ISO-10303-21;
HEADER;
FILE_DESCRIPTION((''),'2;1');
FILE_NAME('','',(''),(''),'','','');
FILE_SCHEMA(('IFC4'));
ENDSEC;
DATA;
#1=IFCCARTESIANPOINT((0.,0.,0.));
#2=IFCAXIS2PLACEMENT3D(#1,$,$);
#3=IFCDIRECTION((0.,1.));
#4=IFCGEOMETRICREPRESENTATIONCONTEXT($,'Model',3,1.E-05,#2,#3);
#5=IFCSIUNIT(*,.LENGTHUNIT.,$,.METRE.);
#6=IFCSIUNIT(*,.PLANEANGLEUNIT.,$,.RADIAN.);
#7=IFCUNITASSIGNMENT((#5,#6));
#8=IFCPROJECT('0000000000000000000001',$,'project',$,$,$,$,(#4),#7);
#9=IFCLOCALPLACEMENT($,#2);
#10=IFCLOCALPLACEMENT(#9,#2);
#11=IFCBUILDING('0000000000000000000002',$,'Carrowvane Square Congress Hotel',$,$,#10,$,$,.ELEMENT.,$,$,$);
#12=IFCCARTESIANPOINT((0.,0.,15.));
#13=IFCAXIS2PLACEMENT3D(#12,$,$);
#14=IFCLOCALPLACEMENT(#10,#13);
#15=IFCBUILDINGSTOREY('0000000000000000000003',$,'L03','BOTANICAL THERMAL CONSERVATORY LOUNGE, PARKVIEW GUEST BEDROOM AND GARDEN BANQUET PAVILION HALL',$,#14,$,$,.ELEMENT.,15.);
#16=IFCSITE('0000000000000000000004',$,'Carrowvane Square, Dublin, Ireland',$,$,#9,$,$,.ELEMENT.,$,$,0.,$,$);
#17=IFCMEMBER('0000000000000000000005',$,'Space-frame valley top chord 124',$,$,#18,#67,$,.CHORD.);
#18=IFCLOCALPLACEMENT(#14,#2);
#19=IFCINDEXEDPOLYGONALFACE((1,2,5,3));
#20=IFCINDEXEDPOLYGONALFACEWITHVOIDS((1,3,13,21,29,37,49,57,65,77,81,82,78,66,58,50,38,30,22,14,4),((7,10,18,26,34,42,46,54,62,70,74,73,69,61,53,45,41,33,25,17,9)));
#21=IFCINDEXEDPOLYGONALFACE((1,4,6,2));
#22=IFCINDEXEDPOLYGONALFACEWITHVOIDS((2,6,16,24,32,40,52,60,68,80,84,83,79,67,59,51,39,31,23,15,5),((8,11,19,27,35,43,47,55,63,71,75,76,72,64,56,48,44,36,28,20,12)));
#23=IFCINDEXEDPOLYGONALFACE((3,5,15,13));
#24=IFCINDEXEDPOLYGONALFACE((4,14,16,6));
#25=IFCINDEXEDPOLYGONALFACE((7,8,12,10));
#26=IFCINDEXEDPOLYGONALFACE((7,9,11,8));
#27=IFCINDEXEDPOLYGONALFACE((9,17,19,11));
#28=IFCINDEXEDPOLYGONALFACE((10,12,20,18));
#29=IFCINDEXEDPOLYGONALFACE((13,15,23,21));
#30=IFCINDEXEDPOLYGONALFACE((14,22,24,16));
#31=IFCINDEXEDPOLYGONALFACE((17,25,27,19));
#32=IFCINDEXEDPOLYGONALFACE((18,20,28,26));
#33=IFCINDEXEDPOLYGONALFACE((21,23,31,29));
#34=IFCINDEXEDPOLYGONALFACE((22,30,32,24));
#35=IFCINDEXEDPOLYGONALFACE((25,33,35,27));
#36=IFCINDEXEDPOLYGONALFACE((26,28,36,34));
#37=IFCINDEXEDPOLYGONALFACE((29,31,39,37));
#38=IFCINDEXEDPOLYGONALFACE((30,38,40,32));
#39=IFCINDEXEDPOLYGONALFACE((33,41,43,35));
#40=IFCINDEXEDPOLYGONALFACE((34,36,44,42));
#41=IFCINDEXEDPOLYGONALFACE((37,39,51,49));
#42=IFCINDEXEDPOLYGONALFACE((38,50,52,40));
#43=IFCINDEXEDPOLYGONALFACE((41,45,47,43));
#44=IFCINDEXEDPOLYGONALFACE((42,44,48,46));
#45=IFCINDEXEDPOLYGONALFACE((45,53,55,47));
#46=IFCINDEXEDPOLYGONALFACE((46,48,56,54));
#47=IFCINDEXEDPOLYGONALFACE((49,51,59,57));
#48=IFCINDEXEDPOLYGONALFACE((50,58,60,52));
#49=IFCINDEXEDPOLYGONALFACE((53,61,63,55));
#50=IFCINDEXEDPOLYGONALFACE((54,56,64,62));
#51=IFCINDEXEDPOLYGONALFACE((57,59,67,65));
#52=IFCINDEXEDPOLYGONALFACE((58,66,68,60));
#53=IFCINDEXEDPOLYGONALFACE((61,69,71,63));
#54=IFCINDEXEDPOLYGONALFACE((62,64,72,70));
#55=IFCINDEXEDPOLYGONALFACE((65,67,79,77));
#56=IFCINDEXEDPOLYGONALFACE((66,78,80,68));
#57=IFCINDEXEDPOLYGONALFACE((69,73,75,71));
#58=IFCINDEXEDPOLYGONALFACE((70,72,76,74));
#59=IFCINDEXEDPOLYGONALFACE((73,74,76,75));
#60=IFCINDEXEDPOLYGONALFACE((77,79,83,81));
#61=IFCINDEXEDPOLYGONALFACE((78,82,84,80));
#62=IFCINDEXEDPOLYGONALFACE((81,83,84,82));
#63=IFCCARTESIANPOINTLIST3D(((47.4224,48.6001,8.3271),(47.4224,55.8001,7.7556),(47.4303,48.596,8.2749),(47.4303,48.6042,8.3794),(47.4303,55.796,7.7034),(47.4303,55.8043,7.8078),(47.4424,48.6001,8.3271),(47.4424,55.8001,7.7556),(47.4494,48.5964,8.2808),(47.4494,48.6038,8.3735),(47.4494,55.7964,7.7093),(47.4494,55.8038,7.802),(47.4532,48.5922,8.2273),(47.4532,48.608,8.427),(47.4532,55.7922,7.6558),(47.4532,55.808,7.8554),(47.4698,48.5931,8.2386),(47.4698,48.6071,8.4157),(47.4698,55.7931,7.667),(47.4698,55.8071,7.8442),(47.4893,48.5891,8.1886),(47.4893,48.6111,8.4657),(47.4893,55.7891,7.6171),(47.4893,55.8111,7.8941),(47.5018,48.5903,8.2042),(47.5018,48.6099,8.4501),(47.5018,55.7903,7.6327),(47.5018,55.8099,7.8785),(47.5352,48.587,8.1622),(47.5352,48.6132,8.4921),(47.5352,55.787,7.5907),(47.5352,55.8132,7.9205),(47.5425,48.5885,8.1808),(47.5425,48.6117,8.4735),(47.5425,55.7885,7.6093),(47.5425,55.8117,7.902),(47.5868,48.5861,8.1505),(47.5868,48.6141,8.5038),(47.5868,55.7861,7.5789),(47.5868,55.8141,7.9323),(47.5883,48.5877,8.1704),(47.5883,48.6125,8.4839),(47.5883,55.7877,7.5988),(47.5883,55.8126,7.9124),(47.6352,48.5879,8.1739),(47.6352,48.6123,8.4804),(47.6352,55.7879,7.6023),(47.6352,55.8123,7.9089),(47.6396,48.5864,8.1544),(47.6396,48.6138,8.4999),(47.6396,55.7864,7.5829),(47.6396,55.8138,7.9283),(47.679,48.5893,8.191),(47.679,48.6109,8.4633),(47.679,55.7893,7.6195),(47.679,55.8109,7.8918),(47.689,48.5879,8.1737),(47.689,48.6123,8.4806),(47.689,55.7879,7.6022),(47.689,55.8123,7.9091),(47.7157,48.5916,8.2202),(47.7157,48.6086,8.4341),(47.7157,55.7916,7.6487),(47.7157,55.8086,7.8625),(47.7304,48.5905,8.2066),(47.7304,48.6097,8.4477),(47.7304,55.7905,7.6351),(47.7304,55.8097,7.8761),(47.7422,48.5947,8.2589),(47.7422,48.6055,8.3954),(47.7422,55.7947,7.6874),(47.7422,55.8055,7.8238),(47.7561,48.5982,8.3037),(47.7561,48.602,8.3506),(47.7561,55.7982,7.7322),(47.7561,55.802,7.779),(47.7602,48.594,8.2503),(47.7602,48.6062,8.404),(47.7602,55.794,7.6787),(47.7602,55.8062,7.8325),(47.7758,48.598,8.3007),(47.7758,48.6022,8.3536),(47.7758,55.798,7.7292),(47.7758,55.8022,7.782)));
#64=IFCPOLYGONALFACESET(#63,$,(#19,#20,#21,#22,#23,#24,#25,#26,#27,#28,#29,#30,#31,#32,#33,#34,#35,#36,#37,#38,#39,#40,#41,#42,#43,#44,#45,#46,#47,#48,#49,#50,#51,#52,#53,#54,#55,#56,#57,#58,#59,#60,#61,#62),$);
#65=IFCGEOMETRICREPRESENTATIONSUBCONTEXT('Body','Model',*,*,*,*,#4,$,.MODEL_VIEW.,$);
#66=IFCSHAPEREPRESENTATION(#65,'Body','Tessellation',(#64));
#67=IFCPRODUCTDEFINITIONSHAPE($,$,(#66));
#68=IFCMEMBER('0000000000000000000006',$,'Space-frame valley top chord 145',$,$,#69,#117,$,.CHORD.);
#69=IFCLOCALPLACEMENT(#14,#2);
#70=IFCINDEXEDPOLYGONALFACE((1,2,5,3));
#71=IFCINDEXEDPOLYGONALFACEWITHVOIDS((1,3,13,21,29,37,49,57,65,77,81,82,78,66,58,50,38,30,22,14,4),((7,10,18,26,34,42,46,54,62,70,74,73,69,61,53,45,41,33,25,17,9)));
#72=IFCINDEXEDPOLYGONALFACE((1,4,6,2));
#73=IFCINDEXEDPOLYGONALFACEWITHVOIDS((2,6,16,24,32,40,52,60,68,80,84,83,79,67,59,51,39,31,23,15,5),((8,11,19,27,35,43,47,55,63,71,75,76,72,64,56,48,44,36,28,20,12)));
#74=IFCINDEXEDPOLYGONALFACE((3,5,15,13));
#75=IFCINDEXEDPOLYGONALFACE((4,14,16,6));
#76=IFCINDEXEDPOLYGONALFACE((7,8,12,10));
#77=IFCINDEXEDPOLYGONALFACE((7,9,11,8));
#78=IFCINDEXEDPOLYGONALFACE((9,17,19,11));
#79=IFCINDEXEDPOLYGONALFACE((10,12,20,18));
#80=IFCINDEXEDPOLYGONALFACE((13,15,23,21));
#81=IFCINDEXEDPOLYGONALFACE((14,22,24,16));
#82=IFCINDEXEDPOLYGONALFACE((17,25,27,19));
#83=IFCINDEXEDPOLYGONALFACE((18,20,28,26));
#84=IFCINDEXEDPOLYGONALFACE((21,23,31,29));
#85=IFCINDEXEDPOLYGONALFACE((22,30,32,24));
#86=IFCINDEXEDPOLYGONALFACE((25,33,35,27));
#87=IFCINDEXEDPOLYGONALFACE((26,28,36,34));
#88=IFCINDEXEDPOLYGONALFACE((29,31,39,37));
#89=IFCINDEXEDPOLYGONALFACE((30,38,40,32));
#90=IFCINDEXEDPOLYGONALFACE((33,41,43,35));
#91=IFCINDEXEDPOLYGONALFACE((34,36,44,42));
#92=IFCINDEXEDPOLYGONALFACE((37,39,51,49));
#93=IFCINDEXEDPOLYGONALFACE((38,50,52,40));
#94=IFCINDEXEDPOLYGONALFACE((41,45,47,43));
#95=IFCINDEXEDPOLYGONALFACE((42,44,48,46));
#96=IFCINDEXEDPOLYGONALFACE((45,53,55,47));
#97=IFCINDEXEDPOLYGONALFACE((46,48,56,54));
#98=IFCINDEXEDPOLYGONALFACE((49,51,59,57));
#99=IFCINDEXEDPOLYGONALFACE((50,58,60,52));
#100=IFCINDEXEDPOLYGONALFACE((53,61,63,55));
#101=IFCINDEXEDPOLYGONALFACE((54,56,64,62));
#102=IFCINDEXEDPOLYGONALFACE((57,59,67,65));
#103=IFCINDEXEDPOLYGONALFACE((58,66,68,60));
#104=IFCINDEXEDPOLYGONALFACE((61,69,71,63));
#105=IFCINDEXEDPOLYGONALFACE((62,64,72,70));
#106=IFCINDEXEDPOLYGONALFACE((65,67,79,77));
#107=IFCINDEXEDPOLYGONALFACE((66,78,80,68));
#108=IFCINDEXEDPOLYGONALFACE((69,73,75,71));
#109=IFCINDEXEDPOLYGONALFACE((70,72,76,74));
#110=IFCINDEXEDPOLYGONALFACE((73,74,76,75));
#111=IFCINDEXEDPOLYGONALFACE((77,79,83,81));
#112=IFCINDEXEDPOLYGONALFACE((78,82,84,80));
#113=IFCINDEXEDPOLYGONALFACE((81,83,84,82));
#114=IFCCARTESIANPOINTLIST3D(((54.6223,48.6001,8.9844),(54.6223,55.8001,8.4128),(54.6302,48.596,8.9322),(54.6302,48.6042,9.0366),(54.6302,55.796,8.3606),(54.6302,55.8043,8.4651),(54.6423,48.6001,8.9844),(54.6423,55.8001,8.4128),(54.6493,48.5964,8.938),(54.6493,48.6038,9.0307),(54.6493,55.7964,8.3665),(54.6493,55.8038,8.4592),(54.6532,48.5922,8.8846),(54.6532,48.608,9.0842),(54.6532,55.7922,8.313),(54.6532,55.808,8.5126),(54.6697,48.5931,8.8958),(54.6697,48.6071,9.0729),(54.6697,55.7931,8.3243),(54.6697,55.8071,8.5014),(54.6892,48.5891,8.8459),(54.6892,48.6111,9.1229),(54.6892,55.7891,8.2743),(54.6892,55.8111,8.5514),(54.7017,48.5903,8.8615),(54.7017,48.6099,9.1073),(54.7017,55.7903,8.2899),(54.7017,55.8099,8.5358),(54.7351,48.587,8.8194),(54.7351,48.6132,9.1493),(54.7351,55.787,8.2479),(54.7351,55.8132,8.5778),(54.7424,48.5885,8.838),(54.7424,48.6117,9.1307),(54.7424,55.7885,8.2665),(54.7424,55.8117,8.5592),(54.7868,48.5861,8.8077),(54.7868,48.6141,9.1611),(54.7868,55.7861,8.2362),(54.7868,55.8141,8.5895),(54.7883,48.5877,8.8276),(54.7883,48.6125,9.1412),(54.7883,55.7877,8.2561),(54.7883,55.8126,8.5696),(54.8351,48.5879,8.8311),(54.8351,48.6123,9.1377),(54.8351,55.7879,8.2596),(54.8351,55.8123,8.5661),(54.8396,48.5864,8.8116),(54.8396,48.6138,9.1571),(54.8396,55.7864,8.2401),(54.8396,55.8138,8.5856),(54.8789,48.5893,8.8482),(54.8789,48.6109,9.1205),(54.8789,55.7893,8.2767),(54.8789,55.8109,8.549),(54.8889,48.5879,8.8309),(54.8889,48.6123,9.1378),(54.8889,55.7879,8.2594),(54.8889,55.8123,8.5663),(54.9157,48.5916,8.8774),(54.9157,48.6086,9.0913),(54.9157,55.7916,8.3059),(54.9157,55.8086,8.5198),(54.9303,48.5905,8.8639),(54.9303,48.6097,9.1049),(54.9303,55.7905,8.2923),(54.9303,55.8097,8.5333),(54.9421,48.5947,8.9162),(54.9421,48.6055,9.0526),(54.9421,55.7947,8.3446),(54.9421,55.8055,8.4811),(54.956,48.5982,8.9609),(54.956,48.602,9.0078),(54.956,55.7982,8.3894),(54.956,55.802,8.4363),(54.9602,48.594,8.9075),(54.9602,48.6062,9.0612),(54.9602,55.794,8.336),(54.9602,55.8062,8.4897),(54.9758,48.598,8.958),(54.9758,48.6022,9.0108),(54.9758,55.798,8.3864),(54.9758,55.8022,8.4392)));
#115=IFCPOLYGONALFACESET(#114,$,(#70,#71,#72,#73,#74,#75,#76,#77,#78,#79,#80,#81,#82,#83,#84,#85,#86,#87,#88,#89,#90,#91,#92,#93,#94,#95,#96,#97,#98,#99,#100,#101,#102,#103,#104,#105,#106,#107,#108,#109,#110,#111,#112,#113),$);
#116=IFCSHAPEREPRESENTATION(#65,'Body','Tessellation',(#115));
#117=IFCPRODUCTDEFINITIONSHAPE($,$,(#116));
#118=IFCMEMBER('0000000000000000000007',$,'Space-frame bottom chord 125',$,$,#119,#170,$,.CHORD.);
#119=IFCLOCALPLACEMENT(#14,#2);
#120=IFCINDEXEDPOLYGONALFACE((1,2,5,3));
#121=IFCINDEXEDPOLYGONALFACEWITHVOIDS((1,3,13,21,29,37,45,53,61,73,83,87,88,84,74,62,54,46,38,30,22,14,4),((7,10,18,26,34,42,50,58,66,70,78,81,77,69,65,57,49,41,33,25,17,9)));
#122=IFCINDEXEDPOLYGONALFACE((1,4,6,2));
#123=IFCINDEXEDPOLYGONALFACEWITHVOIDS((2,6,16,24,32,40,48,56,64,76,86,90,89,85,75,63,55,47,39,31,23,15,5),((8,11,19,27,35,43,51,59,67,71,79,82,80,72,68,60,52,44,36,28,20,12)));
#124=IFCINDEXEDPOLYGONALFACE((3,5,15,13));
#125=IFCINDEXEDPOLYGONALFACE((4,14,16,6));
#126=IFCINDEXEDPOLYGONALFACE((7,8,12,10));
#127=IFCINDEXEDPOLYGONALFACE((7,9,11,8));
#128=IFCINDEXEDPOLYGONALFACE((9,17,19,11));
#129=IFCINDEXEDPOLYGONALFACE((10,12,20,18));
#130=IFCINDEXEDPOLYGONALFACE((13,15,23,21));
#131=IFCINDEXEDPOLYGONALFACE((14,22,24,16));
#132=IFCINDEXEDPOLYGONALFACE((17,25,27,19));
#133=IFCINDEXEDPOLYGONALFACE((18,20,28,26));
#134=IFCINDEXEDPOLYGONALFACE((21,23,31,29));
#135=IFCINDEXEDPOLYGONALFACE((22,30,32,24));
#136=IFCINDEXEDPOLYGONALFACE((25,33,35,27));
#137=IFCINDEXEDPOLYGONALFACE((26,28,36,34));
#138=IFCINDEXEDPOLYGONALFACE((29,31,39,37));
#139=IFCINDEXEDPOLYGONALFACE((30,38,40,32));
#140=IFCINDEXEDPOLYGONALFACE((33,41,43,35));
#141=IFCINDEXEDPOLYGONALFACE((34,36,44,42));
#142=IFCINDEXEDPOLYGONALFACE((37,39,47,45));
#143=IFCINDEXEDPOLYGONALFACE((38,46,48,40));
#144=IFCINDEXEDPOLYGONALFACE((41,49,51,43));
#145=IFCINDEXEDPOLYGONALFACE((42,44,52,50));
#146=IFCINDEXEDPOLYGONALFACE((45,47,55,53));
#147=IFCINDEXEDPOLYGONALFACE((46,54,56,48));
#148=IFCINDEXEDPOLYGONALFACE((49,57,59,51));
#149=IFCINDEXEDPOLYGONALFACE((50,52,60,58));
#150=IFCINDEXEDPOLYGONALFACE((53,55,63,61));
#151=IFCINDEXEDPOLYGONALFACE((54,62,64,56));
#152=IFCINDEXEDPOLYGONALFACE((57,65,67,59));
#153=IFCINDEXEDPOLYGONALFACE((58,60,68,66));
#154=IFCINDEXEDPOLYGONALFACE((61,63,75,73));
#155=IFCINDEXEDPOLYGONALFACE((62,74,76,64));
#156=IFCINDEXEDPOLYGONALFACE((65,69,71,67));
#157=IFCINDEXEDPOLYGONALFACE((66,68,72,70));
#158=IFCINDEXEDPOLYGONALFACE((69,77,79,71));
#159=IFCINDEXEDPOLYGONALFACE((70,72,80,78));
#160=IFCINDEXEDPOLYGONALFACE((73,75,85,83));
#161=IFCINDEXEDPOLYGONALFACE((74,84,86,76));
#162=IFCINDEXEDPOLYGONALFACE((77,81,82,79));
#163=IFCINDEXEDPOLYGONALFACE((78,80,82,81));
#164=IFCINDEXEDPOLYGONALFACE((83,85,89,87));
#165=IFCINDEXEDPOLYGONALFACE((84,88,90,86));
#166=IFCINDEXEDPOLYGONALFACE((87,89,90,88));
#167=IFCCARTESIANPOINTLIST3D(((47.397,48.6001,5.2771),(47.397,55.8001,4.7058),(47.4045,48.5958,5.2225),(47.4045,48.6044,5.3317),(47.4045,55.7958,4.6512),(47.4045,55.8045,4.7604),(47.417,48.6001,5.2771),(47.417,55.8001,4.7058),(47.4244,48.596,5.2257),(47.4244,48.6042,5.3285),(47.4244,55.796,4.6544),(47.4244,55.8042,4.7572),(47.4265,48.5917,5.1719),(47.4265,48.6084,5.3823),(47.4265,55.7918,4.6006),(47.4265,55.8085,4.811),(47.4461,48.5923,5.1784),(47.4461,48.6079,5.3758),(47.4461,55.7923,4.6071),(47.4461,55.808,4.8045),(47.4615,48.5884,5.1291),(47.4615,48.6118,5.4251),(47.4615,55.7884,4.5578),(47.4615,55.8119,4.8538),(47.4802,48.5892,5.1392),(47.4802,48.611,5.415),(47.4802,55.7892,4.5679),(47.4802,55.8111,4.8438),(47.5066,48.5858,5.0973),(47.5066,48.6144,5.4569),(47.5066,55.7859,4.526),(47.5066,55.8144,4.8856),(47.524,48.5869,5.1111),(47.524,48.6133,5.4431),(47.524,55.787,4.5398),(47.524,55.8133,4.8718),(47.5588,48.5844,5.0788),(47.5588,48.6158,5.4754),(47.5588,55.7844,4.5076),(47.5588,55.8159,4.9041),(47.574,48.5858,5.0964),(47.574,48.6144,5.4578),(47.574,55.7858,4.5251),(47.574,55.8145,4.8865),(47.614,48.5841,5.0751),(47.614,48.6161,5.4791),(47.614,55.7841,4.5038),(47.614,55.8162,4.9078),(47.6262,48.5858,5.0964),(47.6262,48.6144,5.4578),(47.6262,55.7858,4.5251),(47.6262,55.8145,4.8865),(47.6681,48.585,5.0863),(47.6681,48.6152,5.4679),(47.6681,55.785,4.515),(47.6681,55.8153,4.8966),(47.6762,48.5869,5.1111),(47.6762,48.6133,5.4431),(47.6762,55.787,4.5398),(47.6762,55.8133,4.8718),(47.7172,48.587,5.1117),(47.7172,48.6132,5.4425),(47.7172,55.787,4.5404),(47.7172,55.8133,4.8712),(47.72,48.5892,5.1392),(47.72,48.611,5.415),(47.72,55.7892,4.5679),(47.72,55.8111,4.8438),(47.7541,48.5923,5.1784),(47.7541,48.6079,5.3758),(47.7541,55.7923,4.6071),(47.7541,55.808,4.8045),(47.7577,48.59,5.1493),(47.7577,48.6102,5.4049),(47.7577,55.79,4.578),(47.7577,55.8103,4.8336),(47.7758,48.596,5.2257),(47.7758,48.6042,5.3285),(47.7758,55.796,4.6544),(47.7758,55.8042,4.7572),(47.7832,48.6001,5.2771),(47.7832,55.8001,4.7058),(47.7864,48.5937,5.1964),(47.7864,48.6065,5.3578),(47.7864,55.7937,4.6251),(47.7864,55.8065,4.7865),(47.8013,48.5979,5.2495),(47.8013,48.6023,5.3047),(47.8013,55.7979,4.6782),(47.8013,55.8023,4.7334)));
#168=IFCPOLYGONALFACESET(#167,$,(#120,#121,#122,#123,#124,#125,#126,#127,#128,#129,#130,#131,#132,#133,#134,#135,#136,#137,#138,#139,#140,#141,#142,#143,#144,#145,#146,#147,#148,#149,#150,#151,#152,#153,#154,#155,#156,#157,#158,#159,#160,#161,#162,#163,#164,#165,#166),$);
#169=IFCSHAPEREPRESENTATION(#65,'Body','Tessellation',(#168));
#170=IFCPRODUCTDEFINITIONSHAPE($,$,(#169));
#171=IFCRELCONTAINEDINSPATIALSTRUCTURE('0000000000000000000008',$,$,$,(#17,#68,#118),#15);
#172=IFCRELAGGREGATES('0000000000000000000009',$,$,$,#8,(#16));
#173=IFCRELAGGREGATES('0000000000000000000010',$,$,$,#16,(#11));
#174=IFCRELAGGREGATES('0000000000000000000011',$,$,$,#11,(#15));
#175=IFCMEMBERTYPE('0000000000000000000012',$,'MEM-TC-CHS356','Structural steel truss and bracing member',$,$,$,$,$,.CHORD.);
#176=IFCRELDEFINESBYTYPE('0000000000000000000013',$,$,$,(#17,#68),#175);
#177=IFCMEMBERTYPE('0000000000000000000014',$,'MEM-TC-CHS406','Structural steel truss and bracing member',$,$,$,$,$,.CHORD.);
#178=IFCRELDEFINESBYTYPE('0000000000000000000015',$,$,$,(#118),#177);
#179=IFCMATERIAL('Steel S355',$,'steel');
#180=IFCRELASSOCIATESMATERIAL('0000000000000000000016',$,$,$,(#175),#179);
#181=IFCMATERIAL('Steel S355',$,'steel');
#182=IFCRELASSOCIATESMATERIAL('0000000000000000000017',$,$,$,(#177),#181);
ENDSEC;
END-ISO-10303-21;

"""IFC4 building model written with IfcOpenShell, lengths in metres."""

from ifc_helpers import new_model, si_unit, direction, frame, origin, origin_2d, place, context, subcontext, project, spatial, hollow_circle, extrude, material, material_profile, profile_set, type_object, element, save


model = new_model("IFC4")

# Units and contexts
model_context = context("Model", 3, precision=1e-05, world=origin(), true_north=direction((0.0, 1.0)))
body_context = subcontext(model_context, "Body", "Model", "MODEL_VIEW")
ifc_project = project(units=[si_unit("LENGTHUNIT", "METRE"), si_unit("PLANEANGLEUNIT", "RADIAN")], contexts=[model_context])

# Site, building, storey
site_placement = place(None, origin())
site = spatial("IfcSite", under=ifc_project, at=site_placement, Name="Carrowvane Square, Dublin, Ireland", CompositionType="ELEMENT", RefElevation=0.0)
building_placement = place(site_placement, origin())
building = spatial("IfcBuilding", under=site, at=building_placement, Name="Carrowvane Square Congress Hotel", CompositionType="ELEMENT")
storey_placement = place(building_placement, frame((0.0, 0.0, 15.0)))
storey = spatial("IfcBuildingStorey", under=building, at=storey_placement, Name="L03", Description="BOTANICAL THERMAL CONSERVATORY LOUNGE, PARKVIEW GUEST BEDROOM AND GARDEN BANQUET PAVILION HALL", CompositionType="ELEMENT", Elevation=15.0)

# Members
ifc_material_1 = material(Name="Steel S355", Category="steel")
ifc_material_profile_1 = material_profile(ifc_material_1, hollow_circle(Radius=0.1777, WallThickness=0.02, at=origin_2d()), Name="CHS 355.6x20")
ifc_profile_set_1 = profile_set([ifc_material_profile_1], Name="Steel S355")
member_type_1 = type_object("IfcMemberType", Name="MEM-TC-CHS356", Description="Structural steel truss and bracing member", PredefinedType="CHORD", material=ifc_profile_set_1)
for number, where, z_axis, x_axis, name in (
    (1, (47.6001, 48.6001, 8.3271), (0.0, 0.996864, -0.079131), (-1.0, 0.0, 0.0), "Space-frame valley top chord 124"),
    (2, (54.8, 48.6001, 8.9844), (0.0, 0.996864, -0.079131), (-1.0, 0.0, 0.0), "Space-frame valley top chord 145"),
):
    element("IfcMember", number, at=place(storey_placement, frame(where, z_axis=z_axis, x_axis=x_axis)), inside=storey, type_object=member_type_1, Name=name, PredefinedType="CHORD", context=body_context, shape_type="SweptSolid", body=[
        extrude(hollow_circle(Radius=0.1777, WallThickness=0.02, at=origin_2d()), origin(), (0.0, 0.0, 1.0), 7.2227),
    ])
ifc_material_2 = material(Name="Steel S355", Category="steel")
ifc_material_profile_2 = material_profile(ifc_material_2, hollow_circle(Radius=0.2031, WallThickness=0.02, at=origin_2d()), Name="CHS 406.4x20")
ifc_profile_set_2 = profile_set([ifc_material_profile_2], Name="Steel S355")
member_type_2 = type_object("IfcMemberType", Name="MEM-TC-CHS406", Description="Structural steel truss and bracing member", PredefinedType="CHORD", material=ifc_profile_set_2)
for number, where, z_axis, x_axis, name in (
    (3, (47.6001, 48.6001, 5.2771), (0.0, 0.996867, -0.079098), (-1.0, 0.0, 0.0), "Space-frame bottom chord 125"),
):
    element("IfcMember", number, at=place(storey_placement, frame(where, z_axis=z_axis, x_axis=x_axis)), inside=storey, type_object=member_type_2, Name=name, PredefinedType="CHORD", context=body_context, shape_type="SweptSolid", body=[
        extrude(hollow_circle(Radius=0.2031, WallThickness=0.02, at=origin_2d()), origin(), (0.0, 0.0, 1.0), 7.2227),
    ])

save(model, "model.ifc")
